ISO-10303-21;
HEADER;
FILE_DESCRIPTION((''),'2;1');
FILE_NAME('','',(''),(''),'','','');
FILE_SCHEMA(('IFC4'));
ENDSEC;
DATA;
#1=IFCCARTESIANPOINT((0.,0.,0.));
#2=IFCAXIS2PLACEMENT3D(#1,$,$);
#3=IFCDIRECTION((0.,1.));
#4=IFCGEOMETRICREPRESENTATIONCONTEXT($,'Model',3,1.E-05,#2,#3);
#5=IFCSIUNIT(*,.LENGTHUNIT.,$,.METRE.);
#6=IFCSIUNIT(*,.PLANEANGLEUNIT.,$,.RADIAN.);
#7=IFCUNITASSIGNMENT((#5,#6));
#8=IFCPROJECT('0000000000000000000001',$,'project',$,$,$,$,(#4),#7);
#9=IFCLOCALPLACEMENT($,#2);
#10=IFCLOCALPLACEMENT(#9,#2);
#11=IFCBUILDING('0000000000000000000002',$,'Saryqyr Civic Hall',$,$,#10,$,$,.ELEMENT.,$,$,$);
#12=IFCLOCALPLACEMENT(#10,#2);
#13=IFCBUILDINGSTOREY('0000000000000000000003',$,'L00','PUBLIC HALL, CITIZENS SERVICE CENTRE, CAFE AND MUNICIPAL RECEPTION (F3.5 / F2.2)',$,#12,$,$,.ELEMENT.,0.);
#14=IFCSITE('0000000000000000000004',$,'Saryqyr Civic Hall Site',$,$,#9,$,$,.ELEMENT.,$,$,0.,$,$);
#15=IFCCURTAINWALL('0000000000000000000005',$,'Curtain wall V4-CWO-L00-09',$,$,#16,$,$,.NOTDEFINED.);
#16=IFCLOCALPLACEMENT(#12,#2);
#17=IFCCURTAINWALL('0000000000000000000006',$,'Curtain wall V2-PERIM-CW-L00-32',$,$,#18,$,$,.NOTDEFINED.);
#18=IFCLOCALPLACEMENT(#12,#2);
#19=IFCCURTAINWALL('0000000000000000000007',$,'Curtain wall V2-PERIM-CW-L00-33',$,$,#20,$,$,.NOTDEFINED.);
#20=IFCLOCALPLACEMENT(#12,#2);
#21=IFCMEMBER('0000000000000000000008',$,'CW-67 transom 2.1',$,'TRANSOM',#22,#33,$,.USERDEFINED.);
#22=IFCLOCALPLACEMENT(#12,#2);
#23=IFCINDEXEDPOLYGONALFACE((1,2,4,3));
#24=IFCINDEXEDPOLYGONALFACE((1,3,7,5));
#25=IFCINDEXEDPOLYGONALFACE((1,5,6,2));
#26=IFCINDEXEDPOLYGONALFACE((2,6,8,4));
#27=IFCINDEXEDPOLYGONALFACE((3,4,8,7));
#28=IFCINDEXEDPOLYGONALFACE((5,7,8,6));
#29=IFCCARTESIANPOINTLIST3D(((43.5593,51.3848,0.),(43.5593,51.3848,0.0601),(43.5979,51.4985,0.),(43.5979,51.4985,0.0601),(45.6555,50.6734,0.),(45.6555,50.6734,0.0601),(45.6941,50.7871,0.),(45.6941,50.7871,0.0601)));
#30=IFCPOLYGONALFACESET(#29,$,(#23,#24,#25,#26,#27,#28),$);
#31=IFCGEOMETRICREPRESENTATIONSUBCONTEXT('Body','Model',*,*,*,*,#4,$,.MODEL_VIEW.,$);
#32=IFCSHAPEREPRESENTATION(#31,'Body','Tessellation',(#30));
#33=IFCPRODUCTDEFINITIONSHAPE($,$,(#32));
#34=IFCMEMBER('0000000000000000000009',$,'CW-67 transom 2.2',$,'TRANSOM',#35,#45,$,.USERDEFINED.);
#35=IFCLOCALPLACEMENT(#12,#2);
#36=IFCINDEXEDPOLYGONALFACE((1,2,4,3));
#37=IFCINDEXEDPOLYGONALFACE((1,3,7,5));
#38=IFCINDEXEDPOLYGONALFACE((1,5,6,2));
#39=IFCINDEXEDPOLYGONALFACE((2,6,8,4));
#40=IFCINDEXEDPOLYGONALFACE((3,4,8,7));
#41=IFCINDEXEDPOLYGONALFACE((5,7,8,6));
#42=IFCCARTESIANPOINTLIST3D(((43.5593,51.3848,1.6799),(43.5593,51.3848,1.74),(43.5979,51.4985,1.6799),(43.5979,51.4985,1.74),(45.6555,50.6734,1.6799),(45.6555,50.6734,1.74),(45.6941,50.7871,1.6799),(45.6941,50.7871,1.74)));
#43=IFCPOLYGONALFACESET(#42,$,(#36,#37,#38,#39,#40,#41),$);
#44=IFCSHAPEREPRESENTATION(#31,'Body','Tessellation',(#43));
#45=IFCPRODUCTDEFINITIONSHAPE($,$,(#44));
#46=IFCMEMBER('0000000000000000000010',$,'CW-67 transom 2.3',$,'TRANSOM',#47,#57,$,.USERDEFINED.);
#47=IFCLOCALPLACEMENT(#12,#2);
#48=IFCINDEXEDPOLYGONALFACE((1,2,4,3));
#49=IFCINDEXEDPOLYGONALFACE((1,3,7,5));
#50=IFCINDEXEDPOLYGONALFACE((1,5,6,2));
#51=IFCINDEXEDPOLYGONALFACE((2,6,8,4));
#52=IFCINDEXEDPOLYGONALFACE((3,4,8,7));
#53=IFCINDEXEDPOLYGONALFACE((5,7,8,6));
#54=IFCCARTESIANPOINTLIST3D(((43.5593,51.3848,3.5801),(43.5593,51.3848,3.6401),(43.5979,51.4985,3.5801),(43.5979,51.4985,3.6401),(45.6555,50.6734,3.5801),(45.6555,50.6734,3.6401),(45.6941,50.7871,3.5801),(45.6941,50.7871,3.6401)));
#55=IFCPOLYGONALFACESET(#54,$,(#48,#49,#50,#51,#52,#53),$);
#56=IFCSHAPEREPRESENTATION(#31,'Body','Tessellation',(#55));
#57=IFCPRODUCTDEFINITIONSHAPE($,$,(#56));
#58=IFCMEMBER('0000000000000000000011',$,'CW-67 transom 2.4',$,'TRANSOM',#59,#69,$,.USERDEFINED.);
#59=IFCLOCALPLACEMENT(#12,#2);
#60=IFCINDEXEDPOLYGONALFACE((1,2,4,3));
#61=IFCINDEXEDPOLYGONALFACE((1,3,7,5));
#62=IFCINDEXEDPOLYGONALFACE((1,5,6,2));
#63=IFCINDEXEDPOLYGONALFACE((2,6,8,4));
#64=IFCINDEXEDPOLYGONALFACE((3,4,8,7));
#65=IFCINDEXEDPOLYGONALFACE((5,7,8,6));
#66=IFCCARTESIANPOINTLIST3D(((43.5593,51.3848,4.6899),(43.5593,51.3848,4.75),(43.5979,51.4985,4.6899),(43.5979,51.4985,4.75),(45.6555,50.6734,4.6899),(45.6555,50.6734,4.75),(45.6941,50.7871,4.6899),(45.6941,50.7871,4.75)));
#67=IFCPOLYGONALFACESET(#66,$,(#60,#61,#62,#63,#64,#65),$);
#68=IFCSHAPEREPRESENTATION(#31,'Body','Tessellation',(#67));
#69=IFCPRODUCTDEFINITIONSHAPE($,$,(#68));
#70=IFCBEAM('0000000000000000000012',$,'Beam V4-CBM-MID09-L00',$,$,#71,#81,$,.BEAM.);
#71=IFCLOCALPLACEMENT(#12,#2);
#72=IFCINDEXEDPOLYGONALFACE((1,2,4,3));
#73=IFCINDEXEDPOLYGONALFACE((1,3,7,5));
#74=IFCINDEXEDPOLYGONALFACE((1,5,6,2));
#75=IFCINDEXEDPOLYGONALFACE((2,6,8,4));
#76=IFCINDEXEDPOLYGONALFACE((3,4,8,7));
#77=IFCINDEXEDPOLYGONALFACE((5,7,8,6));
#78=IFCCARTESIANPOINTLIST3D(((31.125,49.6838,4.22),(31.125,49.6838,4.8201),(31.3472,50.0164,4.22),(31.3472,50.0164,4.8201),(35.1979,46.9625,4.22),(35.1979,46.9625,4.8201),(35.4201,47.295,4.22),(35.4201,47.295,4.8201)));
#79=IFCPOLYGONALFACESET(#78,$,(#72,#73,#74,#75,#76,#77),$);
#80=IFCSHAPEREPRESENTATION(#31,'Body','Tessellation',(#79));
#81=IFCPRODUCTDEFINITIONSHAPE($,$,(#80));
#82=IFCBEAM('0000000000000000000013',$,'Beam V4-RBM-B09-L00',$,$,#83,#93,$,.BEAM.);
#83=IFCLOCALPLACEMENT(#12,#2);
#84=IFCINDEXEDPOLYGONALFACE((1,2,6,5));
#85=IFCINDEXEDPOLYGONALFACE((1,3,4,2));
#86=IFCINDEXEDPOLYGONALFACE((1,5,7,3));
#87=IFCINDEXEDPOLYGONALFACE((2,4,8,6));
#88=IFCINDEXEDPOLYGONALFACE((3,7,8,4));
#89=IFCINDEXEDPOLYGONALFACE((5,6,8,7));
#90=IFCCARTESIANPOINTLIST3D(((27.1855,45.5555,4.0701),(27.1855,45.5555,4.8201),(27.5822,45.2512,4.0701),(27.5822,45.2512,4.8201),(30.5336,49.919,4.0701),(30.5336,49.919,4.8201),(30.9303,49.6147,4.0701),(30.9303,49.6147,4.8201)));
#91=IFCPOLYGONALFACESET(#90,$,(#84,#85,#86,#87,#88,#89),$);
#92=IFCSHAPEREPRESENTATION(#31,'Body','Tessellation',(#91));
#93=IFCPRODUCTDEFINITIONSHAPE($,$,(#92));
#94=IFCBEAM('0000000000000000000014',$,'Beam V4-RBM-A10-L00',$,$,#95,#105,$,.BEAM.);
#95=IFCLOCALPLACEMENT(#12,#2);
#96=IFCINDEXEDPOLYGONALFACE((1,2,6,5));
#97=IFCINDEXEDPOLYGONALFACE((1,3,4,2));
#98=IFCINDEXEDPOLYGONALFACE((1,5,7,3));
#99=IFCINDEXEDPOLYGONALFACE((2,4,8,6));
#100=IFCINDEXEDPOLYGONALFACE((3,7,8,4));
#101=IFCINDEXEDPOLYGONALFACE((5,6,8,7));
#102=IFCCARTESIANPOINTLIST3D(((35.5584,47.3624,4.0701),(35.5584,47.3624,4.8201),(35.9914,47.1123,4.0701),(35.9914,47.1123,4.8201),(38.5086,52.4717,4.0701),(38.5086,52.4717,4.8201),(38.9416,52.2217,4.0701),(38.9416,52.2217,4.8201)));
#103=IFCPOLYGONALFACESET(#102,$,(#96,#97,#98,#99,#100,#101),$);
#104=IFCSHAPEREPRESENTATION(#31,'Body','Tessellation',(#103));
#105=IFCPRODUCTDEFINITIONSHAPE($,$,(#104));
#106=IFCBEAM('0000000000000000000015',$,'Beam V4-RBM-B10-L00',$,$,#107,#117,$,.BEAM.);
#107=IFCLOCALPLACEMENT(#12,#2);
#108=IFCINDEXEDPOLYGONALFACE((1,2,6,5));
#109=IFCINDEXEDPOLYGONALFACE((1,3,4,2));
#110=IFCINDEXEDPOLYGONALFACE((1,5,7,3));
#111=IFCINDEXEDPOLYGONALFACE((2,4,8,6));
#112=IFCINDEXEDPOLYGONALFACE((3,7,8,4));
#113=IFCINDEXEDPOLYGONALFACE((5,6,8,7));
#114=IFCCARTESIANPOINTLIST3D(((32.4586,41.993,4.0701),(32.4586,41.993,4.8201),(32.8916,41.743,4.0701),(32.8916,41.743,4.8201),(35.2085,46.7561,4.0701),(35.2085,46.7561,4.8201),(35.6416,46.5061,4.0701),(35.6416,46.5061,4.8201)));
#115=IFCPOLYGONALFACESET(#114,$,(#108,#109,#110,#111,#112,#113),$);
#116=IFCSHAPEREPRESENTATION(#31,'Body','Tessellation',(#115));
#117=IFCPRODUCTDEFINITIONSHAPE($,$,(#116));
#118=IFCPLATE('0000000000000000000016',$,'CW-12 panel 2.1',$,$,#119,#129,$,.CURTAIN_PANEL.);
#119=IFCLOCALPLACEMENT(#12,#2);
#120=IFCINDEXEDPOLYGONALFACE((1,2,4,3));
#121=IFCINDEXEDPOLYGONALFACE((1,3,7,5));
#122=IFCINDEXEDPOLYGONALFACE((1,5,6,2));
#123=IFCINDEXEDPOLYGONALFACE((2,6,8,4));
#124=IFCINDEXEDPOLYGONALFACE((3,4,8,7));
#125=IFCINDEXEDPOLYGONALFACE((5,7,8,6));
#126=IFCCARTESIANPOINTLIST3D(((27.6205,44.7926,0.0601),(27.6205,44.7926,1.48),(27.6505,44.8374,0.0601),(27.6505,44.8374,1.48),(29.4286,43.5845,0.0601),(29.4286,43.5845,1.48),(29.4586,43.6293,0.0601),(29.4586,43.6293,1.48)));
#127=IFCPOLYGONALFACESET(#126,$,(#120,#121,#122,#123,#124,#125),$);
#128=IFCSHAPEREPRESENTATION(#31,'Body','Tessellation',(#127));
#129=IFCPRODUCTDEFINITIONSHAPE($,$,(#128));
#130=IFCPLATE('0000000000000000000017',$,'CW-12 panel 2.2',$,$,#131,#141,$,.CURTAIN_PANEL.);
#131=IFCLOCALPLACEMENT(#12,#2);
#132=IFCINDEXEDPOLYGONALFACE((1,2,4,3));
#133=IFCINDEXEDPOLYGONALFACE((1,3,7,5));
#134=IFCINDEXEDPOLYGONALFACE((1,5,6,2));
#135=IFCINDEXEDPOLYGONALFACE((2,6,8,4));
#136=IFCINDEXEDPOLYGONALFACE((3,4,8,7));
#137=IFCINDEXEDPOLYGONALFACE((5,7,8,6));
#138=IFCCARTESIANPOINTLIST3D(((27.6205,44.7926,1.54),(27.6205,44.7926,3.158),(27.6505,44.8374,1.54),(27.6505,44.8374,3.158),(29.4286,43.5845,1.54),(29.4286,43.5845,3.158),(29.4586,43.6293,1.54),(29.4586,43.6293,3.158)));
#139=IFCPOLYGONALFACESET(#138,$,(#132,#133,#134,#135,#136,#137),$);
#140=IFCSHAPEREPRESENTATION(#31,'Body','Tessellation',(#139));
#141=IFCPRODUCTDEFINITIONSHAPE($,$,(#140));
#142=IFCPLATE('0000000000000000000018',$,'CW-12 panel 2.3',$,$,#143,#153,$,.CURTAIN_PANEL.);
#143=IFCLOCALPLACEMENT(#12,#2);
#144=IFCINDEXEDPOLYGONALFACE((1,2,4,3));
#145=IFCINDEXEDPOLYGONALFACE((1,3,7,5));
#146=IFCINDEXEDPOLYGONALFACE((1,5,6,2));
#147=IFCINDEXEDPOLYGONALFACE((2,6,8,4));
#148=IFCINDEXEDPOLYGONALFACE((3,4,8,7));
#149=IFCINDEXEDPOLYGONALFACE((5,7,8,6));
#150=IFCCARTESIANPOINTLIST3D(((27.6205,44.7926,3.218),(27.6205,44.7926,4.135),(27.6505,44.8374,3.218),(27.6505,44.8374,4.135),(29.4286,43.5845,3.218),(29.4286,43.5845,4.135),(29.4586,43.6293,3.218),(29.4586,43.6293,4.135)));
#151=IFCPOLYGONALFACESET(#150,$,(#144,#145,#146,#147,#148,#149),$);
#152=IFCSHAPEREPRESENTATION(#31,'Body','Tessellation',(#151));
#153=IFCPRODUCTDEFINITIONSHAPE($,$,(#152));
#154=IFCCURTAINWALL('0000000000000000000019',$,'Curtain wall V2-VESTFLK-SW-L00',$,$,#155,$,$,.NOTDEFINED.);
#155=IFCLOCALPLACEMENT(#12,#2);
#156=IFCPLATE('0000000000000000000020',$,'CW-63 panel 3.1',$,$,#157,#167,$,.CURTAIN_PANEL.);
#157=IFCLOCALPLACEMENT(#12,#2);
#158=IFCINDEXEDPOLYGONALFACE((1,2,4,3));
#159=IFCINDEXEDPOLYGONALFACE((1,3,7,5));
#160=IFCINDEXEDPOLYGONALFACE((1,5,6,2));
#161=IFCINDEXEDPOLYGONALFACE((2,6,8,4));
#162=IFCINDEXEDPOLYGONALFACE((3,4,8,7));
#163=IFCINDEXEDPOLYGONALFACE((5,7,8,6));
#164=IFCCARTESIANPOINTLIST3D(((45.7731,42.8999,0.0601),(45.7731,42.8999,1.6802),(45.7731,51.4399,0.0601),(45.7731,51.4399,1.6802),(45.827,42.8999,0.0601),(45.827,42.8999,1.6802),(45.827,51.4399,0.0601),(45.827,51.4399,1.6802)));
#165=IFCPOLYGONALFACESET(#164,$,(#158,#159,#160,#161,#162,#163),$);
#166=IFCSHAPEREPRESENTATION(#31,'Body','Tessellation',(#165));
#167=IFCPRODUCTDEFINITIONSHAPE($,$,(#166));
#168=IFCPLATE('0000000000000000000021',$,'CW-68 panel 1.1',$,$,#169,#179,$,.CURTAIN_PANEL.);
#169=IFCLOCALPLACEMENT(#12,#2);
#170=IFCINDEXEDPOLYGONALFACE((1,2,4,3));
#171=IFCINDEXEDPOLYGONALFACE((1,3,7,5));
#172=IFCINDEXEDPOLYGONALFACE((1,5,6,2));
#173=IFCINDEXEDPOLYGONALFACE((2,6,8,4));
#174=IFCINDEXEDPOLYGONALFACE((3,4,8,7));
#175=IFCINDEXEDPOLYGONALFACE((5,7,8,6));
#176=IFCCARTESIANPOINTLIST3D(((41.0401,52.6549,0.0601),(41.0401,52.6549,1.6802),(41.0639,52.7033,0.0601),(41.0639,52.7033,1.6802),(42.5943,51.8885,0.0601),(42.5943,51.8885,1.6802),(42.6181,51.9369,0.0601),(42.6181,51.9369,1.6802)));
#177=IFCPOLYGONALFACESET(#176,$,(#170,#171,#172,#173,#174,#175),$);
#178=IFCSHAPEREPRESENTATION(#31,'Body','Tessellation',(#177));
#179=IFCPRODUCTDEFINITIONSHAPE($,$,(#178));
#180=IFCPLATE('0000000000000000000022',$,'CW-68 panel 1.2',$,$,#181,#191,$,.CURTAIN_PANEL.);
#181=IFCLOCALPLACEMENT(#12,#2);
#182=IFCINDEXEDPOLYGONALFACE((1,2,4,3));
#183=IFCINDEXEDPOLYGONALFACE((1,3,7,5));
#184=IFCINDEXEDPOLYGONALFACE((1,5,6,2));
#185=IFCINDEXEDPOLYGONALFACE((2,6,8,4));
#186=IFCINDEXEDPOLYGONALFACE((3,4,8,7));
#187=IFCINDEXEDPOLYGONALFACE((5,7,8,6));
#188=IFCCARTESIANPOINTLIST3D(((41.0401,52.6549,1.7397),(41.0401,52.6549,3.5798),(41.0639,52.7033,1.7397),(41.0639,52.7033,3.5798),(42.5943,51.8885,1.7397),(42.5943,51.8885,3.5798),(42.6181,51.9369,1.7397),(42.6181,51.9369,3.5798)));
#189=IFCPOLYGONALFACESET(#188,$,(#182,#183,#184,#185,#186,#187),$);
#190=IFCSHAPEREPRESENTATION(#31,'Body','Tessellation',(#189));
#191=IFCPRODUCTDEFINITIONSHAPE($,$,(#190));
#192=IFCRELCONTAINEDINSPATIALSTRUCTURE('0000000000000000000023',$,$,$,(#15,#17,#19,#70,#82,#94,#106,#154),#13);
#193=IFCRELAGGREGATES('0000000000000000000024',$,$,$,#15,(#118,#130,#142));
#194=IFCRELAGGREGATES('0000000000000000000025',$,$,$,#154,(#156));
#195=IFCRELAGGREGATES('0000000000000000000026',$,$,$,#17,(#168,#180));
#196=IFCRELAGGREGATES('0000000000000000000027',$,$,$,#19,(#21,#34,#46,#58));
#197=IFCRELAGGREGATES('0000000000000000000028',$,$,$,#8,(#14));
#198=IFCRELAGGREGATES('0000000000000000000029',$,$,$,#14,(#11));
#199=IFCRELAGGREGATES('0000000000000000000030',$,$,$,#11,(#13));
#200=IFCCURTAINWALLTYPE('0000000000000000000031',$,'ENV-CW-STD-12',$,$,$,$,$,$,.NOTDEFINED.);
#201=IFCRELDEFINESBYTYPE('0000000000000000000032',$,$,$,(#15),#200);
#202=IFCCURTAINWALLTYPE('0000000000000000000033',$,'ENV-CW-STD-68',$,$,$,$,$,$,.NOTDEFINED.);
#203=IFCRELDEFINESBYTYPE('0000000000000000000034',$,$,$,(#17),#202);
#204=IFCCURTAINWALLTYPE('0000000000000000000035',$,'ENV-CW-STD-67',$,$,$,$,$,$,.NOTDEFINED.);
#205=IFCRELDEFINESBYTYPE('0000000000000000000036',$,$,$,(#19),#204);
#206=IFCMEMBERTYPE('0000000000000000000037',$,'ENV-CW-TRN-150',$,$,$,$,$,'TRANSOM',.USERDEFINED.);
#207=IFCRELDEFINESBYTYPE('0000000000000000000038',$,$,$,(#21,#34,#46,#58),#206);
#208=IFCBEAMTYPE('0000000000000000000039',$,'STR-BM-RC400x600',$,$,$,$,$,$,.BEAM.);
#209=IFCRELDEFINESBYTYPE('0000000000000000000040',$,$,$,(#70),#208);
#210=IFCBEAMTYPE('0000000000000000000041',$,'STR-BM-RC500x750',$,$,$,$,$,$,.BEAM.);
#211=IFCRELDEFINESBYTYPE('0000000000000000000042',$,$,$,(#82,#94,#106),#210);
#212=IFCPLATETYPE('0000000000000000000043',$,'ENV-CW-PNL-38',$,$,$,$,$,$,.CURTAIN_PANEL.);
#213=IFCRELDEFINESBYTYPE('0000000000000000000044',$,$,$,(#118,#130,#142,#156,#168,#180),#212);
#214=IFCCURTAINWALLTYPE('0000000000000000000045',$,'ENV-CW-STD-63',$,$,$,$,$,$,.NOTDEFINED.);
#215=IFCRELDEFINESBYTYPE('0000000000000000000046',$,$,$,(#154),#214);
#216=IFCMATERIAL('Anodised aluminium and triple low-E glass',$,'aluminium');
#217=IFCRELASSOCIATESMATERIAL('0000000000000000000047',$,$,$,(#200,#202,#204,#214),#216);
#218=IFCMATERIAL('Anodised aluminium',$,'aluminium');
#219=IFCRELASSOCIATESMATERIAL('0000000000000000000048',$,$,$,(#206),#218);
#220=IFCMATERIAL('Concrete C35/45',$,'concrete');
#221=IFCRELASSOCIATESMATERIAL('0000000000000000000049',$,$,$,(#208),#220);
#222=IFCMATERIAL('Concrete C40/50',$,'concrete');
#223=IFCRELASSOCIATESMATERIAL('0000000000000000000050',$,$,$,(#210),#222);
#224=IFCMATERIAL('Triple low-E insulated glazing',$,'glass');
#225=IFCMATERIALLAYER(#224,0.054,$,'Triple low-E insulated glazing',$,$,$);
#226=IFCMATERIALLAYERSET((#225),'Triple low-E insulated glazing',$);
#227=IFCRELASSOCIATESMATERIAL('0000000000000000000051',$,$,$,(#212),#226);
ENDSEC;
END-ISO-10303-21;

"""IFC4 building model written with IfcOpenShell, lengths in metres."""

from ifc_helpers import new_model, si_unit, direction, frame, origin, origin_2d, place, context, subcontext, project, spatial, rectangle, extrude, material, layer, layer_set, material_profile, profile_set, type_object, element, aggregate, save


model = new_model("IFC4")

# Units and contexts
model_context = context("Model", 3, precision=1e-05, world=origin(), true_north=direction((0.0, 1.0)))
body_context = subcontext(model_context, "Body", "Model", "MODEL_VIEW")
ifc_project = project(units=[si_unit("LENGTHUNIT", "METRE"), si_unit("PLANEANGLEUNIT", "RADIAN")], contexts=[model_context])

# Site, building, storey
site_placement = place(None, origin())
site = spatial("IfcSite", under=ifc_project, at=site_placement, Name="Saryqyr Civic Hall Site", CompositionType="ELEMENT", RefElevation=0.0)
building_placement = place(site_placement, origin())
building = spatial("IfcBuilding", under=site, at=building_placement, Name="Saryqyr Civic Hall", CompositionType="ELEMENT")
storey_placement = place(building_placement, origin())
storey = spatial("IfcBuildingStorey", under=building, at=storey_placement, Name="L00", Description="PUBLIC HALL, CITIZENS SERVICE CENTRE, CAFE AND MUNICIPAL RECEPTION (F3.5 / F2.2)", CompositionType="ELEMENT", Elevation=0.0)

# Shared definitions
ifc_material_1 = material(Name="Concrete C40/50", Category="concrete")

# Curtain wall
ifc_material_2 = material(Name="Anodised aluminium and triple low-E glass", Category="aluminium")
curtain_wall_type_1 = type_object("IfcCurtainWallType", Name="ENV-CW-STD-12", PredefinedType="NOTDEFINED", material=ifc_material_2)
curtain_wall_1_placement = place(storey_placement, origin())
curtain_wall_1 = element("IfcCurtainWall", 1, at=curtain_wall_1_placement, inside=storey, type_object=curtain_wall_type_1, Name="Curtain wall V4-CWO-L00-09", PredefinedType="NOTDEFINED")
ifc_material_3 = material(Name="Anodised aluminium", Category="aluminium")

# Curtain walls
curtain_wall_type_2 = type_object("IfcCurtainWallType", Name="ENV-CW-STD-68", PredefinedType="NOTDEFINED", material=ifc_material_2)
curtain_wall_2_placement = place(storey_placement, origin())
curtain_wall_2 = element("IfcCurtainWall", 2, at=curtain_wall_2_placement, inside=storey, type_object=curtain_wall_type_2, Name="Curtain wall V2-PERIM-CW-L00-32", PredefinedType="NOTDEFINED")
curtain_wall_type_3 = type_object("IfcCurtainWallType", Name="ENV-CW-STD-67", PredefinedType="NOTDEFINED", material=ifc_material_2)
curtain_wall_3_placement = place(storey_placement, origin())
curtain_wall_3 = element("IfcCurtainWall", 3, at=curtain_wall_3_placement, inside=storey, type_object=curtain_wall_type_3, Name="Curtain wall V2-PERIM-CW-L00-33", PredefinedType="NOTDEFINED")

# Members
ifc_material_profile_1 = material_profile(ifc_material_3, rectangle(XDim=0.1201, YDim=0.0601, at=origin_2d()), Name="ALU TRANSOM 120x60")
ifc_profile_set_1 = profile_set([ifc_material_profile_1], Name="Anodised aluminium")
member_type_1 = type_object("IfcMemberType", Name="ENV-CW-TRN-150", ElementType="TRANSOM", PredefinedType="USERDEFINED", material=ifc_profile_set_1)
member_1_placement = place(storey_placement, frame((45.6748, 50.7302, 0.03), z_axis=(-0.946949, 0.321385, 0.0), x_axis=(-0.321385, -0.946949, 0.0)))
member_1 = element("IfcMember", 4, at=member_1_placement, type_object=member_type_1, Name="CW-67 transom 2.1", ObjectType="TRANSOM", PredefinedType="USERDEFINED", context=body_context, shape_type="SweptSolid", body=[
    extrude(rectangle(XDim=0.1201, YDim=0.0601, at=origin_2d()), origin(), (0.0, 0.0, 1.0), 2.2136),
])
member_2_placement = place(storey_placement, frame((45.6748, 50.7302, 1.71), z_axis=(-0.946949, 0.321385, 0.0), x_axis=(-0.321385, -0.946949, 0.0)))
member_2 = element("IfcMember", 5, at=member_2_placement, type_object=member_type_1, Name="CW-67 transom 2.2", ObjectType="TRANSOM", PredefinedType="USERDEFINED", context=body_context, shape_type="SweptSolid", body=[
    extrude(rectangle(XDim=0.1201, YDim=0.0601, at=origin_2d()), origin(), (0.0, 0.0, 1.0), 2.2136),
])
member_3_placement = place(storey_placement, frame((45.6748, 50.7302, 3.6101), z_axis=(-0.946949, 0.321385, 0.0), x_axis=(-0.321385, -0.946949, 0.0)))
member_3 = element("IfcMember", 6, at=member_3_placement, type_object=member_type_1, Name="CW-67 transom 2.3", ObjectType="TRANSOM", PredefinedType="USERDEFINED", context=body_context, shape_type="SweptSolid", body=[
    extrude(rectangle(XDim=0.1201, YDim=0.0601, at=origin_2d()), origin(), (0.0, 0.0, 1.0), 2.2136),
])
member_4_placement = place(storey_placement, frame((45.6748, 50.7302, 4.72), z_axis=(-0.946949, 0.321385, 0.0), x_axis=(-0.321385, -0.946949, 0.0)))
member_4 = element("IfcMember", 7, at=member_4_placement, type_object=member_type_1, Name="CW-67 transom 2.4", ObjectType="TRANSOM", PredefinedType="USERDEFINED", context=body_context, shape_type="SweptSolid", body=[
    extrude(rectangle(XDim=0.1201, YDim=0.0601, at=origin_2d()), origin(), (0.0, 0.0, 1.0), 2.2136),
])

# Beams
ifc_material_4 = material(Name="Concrete C35/45", Category="concrete")
ifc_material_profile_2 = material_profile(ifc_material_4, rectangle(XDim=0.3999, YDim=0.6001, at=origin_2d()), Name="RC 400x600")
ifc_profile_set_2 = profile_set([ifc_material_profile_2], Name="Concrete C35/45")
beam_type_1 = type_object("IfcBeamType", Name="STR-BM-RC400x600", PredefinedType="BEAM", material=ifc_profile_set_2)
beam_1_placement = place(storey_placement, frame((31.2361, 49.8501, 4.52), z_axis=(0.831475, -0.555563, 0.0), x_axis=(0.555563, 0.831475, 0.0)))
element("IfcBeam", 8, at=beam_1_placement, inside=storey, type_object=beam_type_1, Name="Beam V4-CBM-MID09-L00", PredefinedType="BEAM", context=body_context, shape_type="SweptSolid", body=[
    extrude(rectangle(XDim=0.3999, YDim=0.6001, at=origin_2d()), origin(), (0.0, 0.0, 1.0), 4.8984),
])
ifc_material_profile_3 = material_profile(ifc_material_1, rectangle(XDim=0.5, YDim=0.75, at=origin_2d()), Name="RC 500x750")
ifc_profile_set_3 = profile_set([ifc_material_profile_3], Name="Concrete C40/50")
beam_type_2 = type_object("IfcBeamType", Name="STR-BM-RC500x750", PredefinedType="BEAM", material=ifc_profile_set_3)
beam_2_placement = place(storey_placement, frame((30.7319, 49.7668, 4.4451), z_axis=(-0.608749, -0.793363, 0.0), x_axis=(0.793363, -0.608749, 0.0)))
element("IfcBeam", 9, at=beam_2_placement, inside=storey, type_object=beam_type_2, Name="Beam V4-RBM-B09-L00", PredefinedType="BEAM", context=body_context, shape_type="SweptSolid", body=[
    extrude(rectangle(XDim=0.5, YDim=0.75, at=origin_2d()), origin(), (0.0, 0.0, 1.0), 5.5),
])
beam_3_placement = place(storey_placement, frame((38.7251, 52.3467, 4.4451), z_axis=(-0.500038, -0.866004, 0.0), x_axis=(0.866004, -0.500038, 0.0)))
element("IfcBeam", 10, at=beam_3_placement, inside=storey, type_object=beam_type_2, Name="Beam V4-RBM-A10-L00", PredefinedType="BEAM", context=body_context, shape_type="SweptSolid", body=[
    extrude(rectangle(XDim=0.5, YDim=0.75, at=origin_2d()), origin(), (0.0, 0.0, 1.0), 5.8999),
])
beam_4_placement = place(storey_placement, frame((35.425, 46.6311, 4.4451), z_axis=(-0.499997, -0.866027, 0.0), x_axis=(0.866027, -0.499997, 0.0)))
element("IfcBeam", 11, at=beam_4_placement, inside=storey, type_object=beam_type_2, Name="Beam V4-RBM-B10-L00", PredefinedType="BEAM", context=body_context, shape_type="SweptSolid", body=[
    extrude(rectangle(XDim=0.5, YDim=0.75, at=origin_2d()), origin(), (0.0, 0.0, 1.0), 5.5),
])

# Plates
ifc_material_5 = material(Name="Triple low-E insulated glazing", Category="glass")
ifc_layer_1 = layer(ifc_material_5, 0.054, Name="Triple low-E insulated glazing")
ifc_layer_set_1 = layer_set([ifc_layer_1], Name="Triple low-E insulated glazing")
plate_type = type_object("IfcPlateType", Name="ENV-CW-PNL-38", PredefinedType="CURTAIN_PANEL", material=ifc_layer_set_1)
plate_1_placement = place(storey_placement, frame((28.5396, 44.2109, 0.0601), z_axis=(0.0, 0.0, 1.0), x_axis=(-0.831476, 0.555561, 0.0)))
plate_1 = element("IfcPlate", 12, at=plate_1_placement, type_object=plate_type, Name="CW-12 panel 2.1", PredefinedType="CURTAIN_PANEL", context=body_context, shape_type="SweptSolid", body=[
    extrude(rectangle(XDim=2.1746, YDim=0.054, at=origin_2d()), origin(), (0.0, 0.0, 1.0), 1.4199),
])
plate_2_placement = place(storey_placement, frame((28.5396, 44.2109, 1.54), z_axis=(0.0, 0.0, 1.0), x_axis=(-0.831476, 0.555561, 0.0)))
plate_2 = element("IfcPlate", 13, at=plate_2_placement, type_object=plate_type, Name="CW-12 panel 2.2", PredefinedType="CURTAIN_PANEL", context=body_context, shape_type="SweptSolid", body=[
    extrude(rectangle(XDim=2.1746, YDim=0.054, at=origin_2d()), origin(), (0.0, 0.0, 1.0), 1.6179),
])
plate_3_placement = place(storey_placement, frame((28.5396, 44.2109, 3.218), z_axis=(0.0, 0.0, 1.0), x_axis=(-0.831476, 0.555561, 0.0)))
plate_3 = element("IfcPlate", 14, at=plate_3_placement, type_object=plate_type, Name="CW-12 panel 2.3", PredefinedType="CURTAIN_PANEL", context=body_context, shape_type="SweptSolid", body=[
    extrude(rectangle(XDim=2.1746, YDim=0.054, at=origin_2d()), origin(), (0.0, 0.0, 1.0), 0.917),
])
aggregate(curtain_wall_1, [plate_1, plate_2, plate_3])

# Curtain wall, plate
curtain_wall_type_4 = type_object("IfcCurtainWallType", Name="ENV-CW-STD-63", PredefinedType="NOTDEFINED", material=ifc_material_2)
curtain_wall_4_placement = place(storey_placement, origin())
curtain_wall_4 = element("IfcCurtainWall", 15, at=curtain_wall_4_placement, inside=storey, type_object=curtain_wall_type_4, Name="Curtain wall V2-VESTFLK-SW-L00", PredefinedType="NOTDEFINED")
plate_4_placement = place(storey_placement, frame((45.8, 47.1699, 0.0601), z_axis=(0.0, 0.0, 1.0), x_axis=(0.0, 1.0, 0.0)))
plate_4 = element("IfcPlate", 16, at=plate_4_placement, type_object=plate_type, Name="CW-63 panel 3.1", PredefinedType="CURTAIN_PANEL", context=body_context, shape_type="SweptSolid", body=[
    extrude(rectangle(XDim=8.54, YDim=0.054, at=origin_2d()), origin(), (0.0, 0.0, 1.0), 1.6201),
])
aggregate(curtain_wall_4, [plate_4])

# Plates
plate_5_placement = place(storey_placement, frame((41.8291, 52.2959, 0.0601), z_axis=(0.0, 0.0, 1.0), x_axis=(-0.896871, 0.442292, 0.0)))
plate_5 = element("IfcPlate", 17, at=plate_5_placement, type_object=plate_type, Name="CW-68 panel 1.1", PredefinedType="CURTAIN_PANEL", context=body_context, shape_type="SweptSolid", body=[
    extrude(rectangle(XDim=1.7329, YDim=0.054, at=origin_2d()), origin(), (0.0, 0.0, 1.0), 1.6201),
])
plate_6_placement = place(storey_placement, frame((41.8291, 52.2959, 1.7397), z_axis=(0.0, 0.0, 1.0), x_axis=(-0.896871, 0.442292, 0.0)))
plate_6 = element("IfcPlate", 18, at=plate_6_placement, type_object=plate_type, Name="CW-68 panel 1.2", PredefinedType="CURTAIN_PANEL", context=body_context, shape_type="SweptSolid", body=[
    extrude(rectangle(XDim=1.7329, YDim=0.054, at=origin_2d()), origin(), (0.0, 0.0, 1.0), 1.8401),
])
aggregate(curtain_wall_2, [plate_5, plate_6])
aggregate(curtain_wall_3, [member_1, member_2, member_3, member_4])

save(model, "model.ifc")
